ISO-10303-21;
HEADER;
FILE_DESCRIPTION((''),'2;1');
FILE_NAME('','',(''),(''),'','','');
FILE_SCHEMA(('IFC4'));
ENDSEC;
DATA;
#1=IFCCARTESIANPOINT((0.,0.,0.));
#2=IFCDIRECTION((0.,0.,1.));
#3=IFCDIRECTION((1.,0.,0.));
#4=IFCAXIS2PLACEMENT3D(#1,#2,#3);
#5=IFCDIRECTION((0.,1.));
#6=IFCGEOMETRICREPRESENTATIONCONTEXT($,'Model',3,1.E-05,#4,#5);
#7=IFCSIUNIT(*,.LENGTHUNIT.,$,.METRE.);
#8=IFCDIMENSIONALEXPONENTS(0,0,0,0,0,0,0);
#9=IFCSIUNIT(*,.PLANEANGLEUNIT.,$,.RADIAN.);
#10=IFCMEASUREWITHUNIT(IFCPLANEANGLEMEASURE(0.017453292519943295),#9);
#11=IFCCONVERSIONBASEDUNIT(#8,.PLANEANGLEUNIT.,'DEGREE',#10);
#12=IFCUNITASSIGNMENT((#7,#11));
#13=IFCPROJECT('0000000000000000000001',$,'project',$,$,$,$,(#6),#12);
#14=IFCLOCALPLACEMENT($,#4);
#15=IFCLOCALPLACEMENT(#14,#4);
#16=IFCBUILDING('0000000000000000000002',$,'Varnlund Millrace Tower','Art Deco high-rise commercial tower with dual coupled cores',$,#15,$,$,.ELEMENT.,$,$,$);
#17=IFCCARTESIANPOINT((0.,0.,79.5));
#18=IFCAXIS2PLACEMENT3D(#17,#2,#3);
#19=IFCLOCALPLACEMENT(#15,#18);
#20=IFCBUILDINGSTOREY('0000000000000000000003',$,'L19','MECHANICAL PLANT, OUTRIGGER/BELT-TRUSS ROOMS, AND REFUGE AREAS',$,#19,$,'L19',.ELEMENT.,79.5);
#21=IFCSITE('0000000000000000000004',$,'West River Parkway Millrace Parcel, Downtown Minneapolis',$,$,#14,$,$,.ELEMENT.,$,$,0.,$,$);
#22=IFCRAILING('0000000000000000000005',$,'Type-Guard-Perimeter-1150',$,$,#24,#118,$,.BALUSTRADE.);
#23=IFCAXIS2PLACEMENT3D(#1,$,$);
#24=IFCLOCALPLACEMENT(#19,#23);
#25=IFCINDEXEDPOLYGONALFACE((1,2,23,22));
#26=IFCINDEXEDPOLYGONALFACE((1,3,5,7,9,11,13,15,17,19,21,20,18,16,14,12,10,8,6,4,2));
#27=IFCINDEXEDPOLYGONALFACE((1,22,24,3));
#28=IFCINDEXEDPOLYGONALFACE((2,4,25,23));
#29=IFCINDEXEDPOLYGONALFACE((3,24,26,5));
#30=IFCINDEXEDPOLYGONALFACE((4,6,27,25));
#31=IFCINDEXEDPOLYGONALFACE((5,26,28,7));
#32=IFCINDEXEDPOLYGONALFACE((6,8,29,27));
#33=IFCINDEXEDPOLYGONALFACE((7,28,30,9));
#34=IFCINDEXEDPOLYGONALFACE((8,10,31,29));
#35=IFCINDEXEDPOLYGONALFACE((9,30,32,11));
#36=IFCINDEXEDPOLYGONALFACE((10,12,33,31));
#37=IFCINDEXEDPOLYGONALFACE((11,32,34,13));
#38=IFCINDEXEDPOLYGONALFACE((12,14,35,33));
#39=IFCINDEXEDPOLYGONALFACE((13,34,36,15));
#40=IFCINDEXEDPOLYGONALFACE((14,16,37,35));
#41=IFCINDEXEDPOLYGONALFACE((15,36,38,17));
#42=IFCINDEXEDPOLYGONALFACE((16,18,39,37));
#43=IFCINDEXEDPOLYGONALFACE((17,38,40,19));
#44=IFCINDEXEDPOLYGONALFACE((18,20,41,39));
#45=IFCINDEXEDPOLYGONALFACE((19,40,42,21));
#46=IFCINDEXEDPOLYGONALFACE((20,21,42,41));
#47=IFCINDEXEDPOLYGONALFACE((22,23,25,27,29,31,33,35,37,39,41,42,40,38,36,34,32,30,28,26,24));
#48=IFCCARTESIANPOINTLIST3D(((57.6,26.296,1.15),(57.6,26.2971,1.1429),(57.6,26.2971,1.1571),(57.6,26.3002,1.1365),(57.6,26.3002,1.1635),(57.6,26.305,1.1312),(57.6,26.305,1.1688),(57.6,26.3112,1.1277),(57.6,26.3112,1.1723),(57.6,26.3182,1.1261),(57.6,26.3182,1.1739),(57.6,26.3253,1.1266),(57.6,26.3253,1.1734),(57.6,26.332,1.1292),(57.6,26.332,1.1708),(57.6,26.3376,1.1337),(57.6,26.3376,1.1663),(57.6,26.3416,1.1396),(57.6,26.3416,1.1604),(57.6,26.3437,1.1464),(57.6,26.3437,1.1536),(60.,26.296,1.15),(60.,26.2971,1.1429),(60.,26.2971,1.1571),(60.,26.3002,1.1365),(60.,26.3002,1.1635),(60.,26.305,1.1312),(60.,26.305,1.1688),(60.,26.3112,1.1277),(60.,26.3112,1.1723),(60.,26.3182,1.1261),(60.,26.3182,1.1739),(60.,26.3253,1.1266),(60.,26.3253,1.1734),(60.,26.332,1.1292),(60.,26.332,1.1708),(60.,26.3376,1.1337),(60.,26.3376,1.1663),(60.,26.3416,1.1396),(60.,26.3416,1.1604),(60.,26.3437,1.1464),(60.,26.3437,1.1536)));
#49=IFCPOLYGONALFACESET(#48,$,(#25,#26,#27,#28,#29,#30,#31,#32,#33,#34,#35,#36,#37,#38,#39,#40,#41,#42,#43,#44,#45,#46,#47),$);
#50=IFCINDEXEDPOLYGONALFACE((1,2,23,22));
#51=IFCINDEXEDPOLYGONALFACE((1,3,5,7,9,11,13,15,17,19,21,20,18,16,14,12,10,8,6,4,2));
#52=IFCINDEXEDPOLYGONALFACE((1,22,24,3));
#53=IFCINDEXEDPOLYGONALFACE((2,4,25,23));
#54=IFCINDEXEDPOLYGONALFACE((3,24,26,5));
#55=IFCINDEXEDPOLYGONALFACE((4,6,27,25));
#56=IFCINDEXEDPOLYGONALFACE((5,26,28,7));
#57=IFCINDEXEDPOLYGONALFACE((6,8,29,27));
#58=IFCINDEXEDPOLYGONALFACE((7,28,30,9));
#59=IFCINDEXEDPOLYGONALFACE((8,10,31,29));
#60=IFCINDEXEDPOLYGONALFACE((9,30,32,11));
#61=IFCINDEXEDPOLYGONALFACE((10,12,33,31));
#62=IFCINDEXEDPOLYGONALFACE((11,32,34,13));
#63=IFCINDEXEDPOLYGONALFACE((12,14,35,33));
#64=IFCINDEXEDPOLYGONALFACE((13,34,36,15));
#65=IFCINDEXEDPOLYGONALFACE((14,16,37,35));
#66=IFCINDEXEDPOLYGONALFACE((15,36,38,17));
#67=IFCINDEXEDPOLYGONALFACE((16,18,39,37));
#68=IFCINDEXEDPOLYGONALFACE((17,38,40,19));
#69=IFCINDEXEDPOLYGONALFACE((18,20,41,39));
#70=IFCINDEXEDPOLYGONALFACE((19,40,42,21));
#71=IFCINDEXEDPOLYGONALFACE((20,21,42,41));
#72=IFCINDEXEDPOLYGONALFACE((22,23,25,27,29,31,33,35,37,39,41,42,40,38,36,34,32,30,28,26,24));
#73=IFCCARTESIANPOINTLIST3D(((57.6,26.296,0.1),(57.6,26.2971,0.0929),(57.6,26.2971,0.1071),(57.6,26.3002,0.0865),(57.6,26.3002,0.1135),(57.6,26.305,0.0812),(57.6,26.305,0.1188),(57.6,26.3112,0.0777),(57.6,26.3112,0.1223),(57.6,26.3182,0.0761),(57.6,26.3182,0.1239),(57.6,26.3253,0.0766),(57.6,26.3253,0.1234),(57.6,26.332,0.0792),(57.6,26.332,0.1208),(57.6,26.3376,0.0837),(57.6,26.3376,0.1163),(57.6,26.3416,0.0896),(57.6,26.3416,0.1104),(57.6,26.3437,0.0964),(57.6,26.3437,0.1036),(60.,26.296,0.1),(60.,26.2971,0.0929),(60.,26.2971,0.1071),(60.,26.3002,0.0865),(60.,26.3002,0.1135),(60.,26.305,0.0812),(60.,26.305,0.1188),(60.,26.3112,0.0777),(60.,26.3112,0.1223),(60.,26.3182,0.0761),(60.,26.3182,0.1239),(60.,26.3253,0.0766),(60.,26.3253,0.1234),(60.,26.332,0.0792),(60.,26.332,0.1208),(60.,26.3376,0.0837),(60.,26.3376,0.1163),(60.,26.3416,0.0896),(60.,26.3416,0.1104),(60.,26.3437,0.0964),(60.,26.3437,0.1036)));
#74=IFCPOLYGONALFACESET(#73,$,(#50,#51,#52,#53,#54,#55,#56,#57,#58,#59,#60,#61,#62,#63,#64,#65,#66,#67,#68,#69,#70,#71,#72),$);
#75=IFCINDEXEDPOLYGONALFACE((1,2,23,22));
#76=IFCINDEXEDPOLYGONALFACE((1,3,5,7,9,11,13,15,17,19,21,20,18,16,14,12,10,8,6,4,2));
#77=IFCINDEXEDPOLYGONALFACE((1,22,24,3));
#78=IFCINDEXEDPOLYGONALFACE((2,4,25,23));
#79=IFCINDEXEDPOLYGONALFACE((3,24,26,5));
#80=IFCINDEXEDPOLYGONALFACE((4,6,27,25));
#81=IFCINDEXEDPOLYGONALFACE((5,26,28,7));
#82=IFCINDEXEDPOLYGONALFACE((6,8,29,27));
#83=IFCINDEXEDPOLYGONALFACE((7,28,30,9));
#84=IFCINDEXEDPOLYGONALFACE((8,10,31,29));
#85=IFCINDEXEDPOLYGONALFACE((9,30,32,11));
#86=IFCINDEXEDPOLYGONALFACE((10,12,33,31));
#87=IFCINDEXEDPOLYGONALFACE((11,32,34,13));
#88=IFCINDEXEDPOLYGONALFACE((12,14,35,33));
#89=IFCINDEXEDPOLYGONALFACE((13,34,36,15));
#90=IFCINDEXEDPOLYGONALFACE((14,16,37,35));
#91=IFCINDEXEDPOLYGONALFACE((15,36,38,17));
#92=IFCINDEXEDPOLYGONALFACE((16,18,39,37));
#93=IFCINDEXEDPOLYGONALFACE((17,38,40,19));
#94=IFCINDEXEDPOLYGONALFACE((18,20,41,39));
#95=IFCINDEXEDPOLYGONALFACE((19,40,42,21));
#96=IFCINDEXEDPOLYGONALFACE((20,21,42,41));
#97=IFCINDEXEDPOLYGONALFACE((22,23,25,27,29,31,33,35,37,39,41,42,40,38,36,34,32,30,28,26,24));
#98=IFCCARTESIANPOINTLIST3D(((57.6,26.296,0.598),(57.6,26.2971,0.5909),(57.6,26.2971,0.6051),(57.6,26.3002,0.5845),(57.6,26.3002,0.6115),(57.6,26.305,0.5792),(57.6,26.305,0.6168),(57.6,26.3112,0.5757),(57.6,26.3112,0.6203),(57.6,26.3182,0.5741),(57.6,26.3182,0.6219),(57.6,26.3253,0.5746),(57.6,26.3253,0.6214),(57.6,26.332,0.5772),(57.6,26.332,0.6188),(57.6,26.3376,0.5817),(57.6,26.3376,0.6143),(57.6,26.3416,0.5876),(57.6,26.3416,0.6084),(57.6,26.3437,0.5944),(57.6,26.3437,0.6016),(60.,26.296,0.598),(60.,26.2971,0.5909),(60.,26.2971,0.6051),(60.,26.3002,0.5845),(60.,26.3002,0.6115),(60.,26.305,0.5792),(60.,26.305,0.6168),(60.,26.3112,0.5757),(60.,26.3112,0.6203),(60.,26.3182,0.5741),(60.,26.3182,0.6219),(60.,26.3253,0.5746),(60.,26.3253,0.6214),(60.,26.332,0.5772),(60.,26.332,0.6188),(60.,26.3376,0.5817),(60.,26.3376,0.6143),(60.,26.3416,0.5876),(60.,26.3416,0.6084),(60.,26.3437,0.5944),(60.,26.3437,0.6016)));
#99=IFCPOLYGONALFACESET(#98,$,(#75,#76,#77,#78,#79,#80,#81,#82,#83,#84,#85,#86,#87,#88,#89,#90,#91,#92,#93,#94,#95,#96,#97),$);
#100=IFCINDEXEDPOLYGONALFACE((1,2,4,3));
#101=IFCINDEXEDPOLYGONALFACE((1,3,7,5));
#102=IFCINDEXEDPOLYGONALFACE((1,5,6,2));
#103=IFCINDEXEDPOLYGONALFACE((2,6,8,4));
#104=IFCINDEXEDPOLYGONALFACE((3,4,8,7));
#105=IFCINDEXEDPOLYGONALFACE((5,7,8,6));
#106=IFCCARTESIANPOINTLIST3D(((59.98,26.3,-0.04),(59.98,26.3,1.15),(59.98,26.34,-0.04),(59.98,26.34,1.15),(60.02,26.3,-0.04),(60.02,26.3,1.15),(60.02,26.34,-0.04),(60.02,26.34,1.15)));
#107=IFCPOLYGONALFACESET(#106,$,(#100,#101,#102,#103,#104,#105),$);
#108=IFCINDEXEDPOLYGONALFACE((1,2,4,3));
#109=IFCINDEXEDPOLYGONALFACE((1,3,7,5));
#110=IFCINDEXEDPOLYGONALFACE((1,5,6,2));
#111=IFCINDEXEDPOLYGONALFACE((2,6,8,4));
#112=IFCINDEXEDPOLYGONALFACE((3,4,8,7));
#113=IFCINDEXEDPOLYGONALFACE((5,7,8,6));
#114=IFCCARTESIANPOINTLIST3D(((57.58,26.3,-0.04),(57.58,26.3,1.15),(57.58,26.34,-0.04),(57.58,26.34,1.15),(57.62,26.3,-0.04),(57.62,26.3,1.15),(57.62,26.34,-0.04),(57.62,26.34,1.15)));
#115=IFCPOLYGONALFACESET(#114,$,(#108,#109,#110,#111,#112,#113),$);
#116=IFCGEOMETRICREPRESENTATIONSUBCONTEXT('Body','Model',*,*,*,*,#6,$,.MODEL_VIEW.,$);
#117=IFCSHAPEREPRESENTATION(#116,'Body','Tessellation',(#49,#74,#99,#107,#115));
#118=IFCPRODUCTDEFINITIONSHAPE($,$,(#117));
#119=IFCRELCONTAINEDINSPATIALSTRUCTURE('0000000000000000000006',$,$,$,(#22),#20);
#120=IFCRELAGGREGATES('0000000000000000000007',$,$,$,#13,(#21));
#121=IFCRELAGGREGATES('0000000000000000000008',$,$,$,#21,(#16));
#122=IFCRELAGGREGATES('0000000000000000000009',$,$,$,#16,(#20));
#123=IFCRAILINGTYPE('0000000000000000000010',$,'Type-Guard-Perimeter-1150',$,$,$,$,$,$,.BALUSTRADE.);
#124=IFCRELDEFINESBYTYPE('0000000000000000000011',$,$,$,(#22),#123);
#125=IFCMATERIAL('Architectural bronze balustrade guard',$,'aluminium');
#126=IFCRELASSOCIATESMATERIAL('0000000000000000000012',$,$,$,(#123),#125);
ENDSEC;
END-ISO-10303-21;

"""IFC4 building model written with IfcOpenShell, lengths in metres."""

from ifc_helpers import new_model, entity, si_unit, converted_unit, direction, frame, origin_with_axes, origin_2d_with_axis, place, context, subcontext, project, spatial, rectangle, circle, extrude, material, type_object, element, save


model = new_model("IFC4")

# Units and contexts
model_context = context("Model", 3, precision=1e-05, world=origin_with_axes(), true_north=direction((0.0, 1.0)))
body_context = subcontext(model_context, "Body", "Model", "MODEL_VIEW")
ifc_project = project(units=[si_unit("LENGTHUNIT", "METRE"), converted_unit("PLANEANGLEUNIT", "DEGREE", entity("IfcPlaneAngleMeasure", 0.017453292519943295), si_unit("PLANEANGLEUNIT", "RADIAN"), dimensions=[0, 0, 0, 0, 0, 0, 0])], contexts=[model_context])

# Site, building, storey
site_placement = place(None, origin_with_axes())
site = spatial("IfcSite", under=ifc_project, at=site_placement, Name="West River Parkway Millrace Parcel, Downtown Minneapolis", CompositionType="ELEMENT", RefElevation=0.0)
building_placement = place(site_placement, origin_with_axes())
building = spatial("IfcBuilding", under=site, at=building_placement, Name="Varnlund Millrace Tower", Description="Art Deco high-rise commercial tower with dual coupled cores", CompositionType="ELEMENT")
storey_placement = place(building_placement, frame((0.0, 0.0, 79.5), z_axis=(0.0, 0.0, 1.0), x_axis=(1.0, 0.0, 0.0)))
storey = spatial("IfcBuildingStorey", under=building, at=storey_placement, Name="L19", Description="MECHANICAL PLANT, OUTRIGGER/BELT-TRUSS ROOMS, AND REFUGE AREAS", LongName="L19", CompositionType="ELEMENT", Elevation=79.5)

# Railing
ifc_material_1 = material(Name="Architectural bronze balustrade guard", Category="aluminium")
railing_type = type_object("IfcRailingType", Name="Type-Guard-Perimeter-1150", PredefinedType="BALUSTRADE", material=ifc_material_1)
railing_1_placement = place(storey_placement, frame((0.0, 0.0, -79.5), z_axis=(0.0, 0.0, 1.0), x_axis=(1.0, 0.0, 0.0)))
element("IfcRailing", 1, at=railing_1_placement, inside=storey, type_object=railing_type, Name="Type-Guard-Perimeter-1150", PredefinedType="BALUSTRADE", context=body_context, shape_type="SweptSolid", body=[
    extrude(circle(Radius=0.024, at=origin_2d_with_axis()), frame((60.0, 26.32, 80.65), z_axis=(-1.0, 0.0, 0.0), x_axis=(0.0, -1.0, 0.0)), (0.0, 0.0, 1.0), 2.4),
    extrude(circle(Radius=0.024, at=origin_2d_with_axis()), frame((60.0, 26.32, 79.6), z_axis=(-1.0, 0.0, 0.0), x_axis=(0.0, -1.0, 0.0)), (0.0, 0.0, 1.0), 2.4),
    extrude(circle(Radius=0.024, at=origin_2d_with_axis()), frame((60.0, 26.32, 80.098), z_axis=(-1.0, 0.0, 0.0), x_axis=(0.0, -1.0, 0.0)), (0.0, 0.0, 1.0), 2.4),
    extrude(rectangle(XDim=0.04, YDim=0.04, at=origin_2d_with_axis()), frame((60.0, 26.32, 79.46), z_axis=(0.0, 0.0, 1.0), x_axis=(1.0, 0.0, 0.0)), (0.0, 0.0, 1.0), 1.19),
    extrude(rectangle(XDim=0.04, YDim=0.04, at=origin_2d_with_axis()), frame((57.6, 26.32, 79.46), z_axis=(0.0, 0.0, 1.0), x_axis=(1.0, 0.0, 0.0)), (0.0, 0.0, 1.0), 1.19),
])

save(model, "model.ifc")
